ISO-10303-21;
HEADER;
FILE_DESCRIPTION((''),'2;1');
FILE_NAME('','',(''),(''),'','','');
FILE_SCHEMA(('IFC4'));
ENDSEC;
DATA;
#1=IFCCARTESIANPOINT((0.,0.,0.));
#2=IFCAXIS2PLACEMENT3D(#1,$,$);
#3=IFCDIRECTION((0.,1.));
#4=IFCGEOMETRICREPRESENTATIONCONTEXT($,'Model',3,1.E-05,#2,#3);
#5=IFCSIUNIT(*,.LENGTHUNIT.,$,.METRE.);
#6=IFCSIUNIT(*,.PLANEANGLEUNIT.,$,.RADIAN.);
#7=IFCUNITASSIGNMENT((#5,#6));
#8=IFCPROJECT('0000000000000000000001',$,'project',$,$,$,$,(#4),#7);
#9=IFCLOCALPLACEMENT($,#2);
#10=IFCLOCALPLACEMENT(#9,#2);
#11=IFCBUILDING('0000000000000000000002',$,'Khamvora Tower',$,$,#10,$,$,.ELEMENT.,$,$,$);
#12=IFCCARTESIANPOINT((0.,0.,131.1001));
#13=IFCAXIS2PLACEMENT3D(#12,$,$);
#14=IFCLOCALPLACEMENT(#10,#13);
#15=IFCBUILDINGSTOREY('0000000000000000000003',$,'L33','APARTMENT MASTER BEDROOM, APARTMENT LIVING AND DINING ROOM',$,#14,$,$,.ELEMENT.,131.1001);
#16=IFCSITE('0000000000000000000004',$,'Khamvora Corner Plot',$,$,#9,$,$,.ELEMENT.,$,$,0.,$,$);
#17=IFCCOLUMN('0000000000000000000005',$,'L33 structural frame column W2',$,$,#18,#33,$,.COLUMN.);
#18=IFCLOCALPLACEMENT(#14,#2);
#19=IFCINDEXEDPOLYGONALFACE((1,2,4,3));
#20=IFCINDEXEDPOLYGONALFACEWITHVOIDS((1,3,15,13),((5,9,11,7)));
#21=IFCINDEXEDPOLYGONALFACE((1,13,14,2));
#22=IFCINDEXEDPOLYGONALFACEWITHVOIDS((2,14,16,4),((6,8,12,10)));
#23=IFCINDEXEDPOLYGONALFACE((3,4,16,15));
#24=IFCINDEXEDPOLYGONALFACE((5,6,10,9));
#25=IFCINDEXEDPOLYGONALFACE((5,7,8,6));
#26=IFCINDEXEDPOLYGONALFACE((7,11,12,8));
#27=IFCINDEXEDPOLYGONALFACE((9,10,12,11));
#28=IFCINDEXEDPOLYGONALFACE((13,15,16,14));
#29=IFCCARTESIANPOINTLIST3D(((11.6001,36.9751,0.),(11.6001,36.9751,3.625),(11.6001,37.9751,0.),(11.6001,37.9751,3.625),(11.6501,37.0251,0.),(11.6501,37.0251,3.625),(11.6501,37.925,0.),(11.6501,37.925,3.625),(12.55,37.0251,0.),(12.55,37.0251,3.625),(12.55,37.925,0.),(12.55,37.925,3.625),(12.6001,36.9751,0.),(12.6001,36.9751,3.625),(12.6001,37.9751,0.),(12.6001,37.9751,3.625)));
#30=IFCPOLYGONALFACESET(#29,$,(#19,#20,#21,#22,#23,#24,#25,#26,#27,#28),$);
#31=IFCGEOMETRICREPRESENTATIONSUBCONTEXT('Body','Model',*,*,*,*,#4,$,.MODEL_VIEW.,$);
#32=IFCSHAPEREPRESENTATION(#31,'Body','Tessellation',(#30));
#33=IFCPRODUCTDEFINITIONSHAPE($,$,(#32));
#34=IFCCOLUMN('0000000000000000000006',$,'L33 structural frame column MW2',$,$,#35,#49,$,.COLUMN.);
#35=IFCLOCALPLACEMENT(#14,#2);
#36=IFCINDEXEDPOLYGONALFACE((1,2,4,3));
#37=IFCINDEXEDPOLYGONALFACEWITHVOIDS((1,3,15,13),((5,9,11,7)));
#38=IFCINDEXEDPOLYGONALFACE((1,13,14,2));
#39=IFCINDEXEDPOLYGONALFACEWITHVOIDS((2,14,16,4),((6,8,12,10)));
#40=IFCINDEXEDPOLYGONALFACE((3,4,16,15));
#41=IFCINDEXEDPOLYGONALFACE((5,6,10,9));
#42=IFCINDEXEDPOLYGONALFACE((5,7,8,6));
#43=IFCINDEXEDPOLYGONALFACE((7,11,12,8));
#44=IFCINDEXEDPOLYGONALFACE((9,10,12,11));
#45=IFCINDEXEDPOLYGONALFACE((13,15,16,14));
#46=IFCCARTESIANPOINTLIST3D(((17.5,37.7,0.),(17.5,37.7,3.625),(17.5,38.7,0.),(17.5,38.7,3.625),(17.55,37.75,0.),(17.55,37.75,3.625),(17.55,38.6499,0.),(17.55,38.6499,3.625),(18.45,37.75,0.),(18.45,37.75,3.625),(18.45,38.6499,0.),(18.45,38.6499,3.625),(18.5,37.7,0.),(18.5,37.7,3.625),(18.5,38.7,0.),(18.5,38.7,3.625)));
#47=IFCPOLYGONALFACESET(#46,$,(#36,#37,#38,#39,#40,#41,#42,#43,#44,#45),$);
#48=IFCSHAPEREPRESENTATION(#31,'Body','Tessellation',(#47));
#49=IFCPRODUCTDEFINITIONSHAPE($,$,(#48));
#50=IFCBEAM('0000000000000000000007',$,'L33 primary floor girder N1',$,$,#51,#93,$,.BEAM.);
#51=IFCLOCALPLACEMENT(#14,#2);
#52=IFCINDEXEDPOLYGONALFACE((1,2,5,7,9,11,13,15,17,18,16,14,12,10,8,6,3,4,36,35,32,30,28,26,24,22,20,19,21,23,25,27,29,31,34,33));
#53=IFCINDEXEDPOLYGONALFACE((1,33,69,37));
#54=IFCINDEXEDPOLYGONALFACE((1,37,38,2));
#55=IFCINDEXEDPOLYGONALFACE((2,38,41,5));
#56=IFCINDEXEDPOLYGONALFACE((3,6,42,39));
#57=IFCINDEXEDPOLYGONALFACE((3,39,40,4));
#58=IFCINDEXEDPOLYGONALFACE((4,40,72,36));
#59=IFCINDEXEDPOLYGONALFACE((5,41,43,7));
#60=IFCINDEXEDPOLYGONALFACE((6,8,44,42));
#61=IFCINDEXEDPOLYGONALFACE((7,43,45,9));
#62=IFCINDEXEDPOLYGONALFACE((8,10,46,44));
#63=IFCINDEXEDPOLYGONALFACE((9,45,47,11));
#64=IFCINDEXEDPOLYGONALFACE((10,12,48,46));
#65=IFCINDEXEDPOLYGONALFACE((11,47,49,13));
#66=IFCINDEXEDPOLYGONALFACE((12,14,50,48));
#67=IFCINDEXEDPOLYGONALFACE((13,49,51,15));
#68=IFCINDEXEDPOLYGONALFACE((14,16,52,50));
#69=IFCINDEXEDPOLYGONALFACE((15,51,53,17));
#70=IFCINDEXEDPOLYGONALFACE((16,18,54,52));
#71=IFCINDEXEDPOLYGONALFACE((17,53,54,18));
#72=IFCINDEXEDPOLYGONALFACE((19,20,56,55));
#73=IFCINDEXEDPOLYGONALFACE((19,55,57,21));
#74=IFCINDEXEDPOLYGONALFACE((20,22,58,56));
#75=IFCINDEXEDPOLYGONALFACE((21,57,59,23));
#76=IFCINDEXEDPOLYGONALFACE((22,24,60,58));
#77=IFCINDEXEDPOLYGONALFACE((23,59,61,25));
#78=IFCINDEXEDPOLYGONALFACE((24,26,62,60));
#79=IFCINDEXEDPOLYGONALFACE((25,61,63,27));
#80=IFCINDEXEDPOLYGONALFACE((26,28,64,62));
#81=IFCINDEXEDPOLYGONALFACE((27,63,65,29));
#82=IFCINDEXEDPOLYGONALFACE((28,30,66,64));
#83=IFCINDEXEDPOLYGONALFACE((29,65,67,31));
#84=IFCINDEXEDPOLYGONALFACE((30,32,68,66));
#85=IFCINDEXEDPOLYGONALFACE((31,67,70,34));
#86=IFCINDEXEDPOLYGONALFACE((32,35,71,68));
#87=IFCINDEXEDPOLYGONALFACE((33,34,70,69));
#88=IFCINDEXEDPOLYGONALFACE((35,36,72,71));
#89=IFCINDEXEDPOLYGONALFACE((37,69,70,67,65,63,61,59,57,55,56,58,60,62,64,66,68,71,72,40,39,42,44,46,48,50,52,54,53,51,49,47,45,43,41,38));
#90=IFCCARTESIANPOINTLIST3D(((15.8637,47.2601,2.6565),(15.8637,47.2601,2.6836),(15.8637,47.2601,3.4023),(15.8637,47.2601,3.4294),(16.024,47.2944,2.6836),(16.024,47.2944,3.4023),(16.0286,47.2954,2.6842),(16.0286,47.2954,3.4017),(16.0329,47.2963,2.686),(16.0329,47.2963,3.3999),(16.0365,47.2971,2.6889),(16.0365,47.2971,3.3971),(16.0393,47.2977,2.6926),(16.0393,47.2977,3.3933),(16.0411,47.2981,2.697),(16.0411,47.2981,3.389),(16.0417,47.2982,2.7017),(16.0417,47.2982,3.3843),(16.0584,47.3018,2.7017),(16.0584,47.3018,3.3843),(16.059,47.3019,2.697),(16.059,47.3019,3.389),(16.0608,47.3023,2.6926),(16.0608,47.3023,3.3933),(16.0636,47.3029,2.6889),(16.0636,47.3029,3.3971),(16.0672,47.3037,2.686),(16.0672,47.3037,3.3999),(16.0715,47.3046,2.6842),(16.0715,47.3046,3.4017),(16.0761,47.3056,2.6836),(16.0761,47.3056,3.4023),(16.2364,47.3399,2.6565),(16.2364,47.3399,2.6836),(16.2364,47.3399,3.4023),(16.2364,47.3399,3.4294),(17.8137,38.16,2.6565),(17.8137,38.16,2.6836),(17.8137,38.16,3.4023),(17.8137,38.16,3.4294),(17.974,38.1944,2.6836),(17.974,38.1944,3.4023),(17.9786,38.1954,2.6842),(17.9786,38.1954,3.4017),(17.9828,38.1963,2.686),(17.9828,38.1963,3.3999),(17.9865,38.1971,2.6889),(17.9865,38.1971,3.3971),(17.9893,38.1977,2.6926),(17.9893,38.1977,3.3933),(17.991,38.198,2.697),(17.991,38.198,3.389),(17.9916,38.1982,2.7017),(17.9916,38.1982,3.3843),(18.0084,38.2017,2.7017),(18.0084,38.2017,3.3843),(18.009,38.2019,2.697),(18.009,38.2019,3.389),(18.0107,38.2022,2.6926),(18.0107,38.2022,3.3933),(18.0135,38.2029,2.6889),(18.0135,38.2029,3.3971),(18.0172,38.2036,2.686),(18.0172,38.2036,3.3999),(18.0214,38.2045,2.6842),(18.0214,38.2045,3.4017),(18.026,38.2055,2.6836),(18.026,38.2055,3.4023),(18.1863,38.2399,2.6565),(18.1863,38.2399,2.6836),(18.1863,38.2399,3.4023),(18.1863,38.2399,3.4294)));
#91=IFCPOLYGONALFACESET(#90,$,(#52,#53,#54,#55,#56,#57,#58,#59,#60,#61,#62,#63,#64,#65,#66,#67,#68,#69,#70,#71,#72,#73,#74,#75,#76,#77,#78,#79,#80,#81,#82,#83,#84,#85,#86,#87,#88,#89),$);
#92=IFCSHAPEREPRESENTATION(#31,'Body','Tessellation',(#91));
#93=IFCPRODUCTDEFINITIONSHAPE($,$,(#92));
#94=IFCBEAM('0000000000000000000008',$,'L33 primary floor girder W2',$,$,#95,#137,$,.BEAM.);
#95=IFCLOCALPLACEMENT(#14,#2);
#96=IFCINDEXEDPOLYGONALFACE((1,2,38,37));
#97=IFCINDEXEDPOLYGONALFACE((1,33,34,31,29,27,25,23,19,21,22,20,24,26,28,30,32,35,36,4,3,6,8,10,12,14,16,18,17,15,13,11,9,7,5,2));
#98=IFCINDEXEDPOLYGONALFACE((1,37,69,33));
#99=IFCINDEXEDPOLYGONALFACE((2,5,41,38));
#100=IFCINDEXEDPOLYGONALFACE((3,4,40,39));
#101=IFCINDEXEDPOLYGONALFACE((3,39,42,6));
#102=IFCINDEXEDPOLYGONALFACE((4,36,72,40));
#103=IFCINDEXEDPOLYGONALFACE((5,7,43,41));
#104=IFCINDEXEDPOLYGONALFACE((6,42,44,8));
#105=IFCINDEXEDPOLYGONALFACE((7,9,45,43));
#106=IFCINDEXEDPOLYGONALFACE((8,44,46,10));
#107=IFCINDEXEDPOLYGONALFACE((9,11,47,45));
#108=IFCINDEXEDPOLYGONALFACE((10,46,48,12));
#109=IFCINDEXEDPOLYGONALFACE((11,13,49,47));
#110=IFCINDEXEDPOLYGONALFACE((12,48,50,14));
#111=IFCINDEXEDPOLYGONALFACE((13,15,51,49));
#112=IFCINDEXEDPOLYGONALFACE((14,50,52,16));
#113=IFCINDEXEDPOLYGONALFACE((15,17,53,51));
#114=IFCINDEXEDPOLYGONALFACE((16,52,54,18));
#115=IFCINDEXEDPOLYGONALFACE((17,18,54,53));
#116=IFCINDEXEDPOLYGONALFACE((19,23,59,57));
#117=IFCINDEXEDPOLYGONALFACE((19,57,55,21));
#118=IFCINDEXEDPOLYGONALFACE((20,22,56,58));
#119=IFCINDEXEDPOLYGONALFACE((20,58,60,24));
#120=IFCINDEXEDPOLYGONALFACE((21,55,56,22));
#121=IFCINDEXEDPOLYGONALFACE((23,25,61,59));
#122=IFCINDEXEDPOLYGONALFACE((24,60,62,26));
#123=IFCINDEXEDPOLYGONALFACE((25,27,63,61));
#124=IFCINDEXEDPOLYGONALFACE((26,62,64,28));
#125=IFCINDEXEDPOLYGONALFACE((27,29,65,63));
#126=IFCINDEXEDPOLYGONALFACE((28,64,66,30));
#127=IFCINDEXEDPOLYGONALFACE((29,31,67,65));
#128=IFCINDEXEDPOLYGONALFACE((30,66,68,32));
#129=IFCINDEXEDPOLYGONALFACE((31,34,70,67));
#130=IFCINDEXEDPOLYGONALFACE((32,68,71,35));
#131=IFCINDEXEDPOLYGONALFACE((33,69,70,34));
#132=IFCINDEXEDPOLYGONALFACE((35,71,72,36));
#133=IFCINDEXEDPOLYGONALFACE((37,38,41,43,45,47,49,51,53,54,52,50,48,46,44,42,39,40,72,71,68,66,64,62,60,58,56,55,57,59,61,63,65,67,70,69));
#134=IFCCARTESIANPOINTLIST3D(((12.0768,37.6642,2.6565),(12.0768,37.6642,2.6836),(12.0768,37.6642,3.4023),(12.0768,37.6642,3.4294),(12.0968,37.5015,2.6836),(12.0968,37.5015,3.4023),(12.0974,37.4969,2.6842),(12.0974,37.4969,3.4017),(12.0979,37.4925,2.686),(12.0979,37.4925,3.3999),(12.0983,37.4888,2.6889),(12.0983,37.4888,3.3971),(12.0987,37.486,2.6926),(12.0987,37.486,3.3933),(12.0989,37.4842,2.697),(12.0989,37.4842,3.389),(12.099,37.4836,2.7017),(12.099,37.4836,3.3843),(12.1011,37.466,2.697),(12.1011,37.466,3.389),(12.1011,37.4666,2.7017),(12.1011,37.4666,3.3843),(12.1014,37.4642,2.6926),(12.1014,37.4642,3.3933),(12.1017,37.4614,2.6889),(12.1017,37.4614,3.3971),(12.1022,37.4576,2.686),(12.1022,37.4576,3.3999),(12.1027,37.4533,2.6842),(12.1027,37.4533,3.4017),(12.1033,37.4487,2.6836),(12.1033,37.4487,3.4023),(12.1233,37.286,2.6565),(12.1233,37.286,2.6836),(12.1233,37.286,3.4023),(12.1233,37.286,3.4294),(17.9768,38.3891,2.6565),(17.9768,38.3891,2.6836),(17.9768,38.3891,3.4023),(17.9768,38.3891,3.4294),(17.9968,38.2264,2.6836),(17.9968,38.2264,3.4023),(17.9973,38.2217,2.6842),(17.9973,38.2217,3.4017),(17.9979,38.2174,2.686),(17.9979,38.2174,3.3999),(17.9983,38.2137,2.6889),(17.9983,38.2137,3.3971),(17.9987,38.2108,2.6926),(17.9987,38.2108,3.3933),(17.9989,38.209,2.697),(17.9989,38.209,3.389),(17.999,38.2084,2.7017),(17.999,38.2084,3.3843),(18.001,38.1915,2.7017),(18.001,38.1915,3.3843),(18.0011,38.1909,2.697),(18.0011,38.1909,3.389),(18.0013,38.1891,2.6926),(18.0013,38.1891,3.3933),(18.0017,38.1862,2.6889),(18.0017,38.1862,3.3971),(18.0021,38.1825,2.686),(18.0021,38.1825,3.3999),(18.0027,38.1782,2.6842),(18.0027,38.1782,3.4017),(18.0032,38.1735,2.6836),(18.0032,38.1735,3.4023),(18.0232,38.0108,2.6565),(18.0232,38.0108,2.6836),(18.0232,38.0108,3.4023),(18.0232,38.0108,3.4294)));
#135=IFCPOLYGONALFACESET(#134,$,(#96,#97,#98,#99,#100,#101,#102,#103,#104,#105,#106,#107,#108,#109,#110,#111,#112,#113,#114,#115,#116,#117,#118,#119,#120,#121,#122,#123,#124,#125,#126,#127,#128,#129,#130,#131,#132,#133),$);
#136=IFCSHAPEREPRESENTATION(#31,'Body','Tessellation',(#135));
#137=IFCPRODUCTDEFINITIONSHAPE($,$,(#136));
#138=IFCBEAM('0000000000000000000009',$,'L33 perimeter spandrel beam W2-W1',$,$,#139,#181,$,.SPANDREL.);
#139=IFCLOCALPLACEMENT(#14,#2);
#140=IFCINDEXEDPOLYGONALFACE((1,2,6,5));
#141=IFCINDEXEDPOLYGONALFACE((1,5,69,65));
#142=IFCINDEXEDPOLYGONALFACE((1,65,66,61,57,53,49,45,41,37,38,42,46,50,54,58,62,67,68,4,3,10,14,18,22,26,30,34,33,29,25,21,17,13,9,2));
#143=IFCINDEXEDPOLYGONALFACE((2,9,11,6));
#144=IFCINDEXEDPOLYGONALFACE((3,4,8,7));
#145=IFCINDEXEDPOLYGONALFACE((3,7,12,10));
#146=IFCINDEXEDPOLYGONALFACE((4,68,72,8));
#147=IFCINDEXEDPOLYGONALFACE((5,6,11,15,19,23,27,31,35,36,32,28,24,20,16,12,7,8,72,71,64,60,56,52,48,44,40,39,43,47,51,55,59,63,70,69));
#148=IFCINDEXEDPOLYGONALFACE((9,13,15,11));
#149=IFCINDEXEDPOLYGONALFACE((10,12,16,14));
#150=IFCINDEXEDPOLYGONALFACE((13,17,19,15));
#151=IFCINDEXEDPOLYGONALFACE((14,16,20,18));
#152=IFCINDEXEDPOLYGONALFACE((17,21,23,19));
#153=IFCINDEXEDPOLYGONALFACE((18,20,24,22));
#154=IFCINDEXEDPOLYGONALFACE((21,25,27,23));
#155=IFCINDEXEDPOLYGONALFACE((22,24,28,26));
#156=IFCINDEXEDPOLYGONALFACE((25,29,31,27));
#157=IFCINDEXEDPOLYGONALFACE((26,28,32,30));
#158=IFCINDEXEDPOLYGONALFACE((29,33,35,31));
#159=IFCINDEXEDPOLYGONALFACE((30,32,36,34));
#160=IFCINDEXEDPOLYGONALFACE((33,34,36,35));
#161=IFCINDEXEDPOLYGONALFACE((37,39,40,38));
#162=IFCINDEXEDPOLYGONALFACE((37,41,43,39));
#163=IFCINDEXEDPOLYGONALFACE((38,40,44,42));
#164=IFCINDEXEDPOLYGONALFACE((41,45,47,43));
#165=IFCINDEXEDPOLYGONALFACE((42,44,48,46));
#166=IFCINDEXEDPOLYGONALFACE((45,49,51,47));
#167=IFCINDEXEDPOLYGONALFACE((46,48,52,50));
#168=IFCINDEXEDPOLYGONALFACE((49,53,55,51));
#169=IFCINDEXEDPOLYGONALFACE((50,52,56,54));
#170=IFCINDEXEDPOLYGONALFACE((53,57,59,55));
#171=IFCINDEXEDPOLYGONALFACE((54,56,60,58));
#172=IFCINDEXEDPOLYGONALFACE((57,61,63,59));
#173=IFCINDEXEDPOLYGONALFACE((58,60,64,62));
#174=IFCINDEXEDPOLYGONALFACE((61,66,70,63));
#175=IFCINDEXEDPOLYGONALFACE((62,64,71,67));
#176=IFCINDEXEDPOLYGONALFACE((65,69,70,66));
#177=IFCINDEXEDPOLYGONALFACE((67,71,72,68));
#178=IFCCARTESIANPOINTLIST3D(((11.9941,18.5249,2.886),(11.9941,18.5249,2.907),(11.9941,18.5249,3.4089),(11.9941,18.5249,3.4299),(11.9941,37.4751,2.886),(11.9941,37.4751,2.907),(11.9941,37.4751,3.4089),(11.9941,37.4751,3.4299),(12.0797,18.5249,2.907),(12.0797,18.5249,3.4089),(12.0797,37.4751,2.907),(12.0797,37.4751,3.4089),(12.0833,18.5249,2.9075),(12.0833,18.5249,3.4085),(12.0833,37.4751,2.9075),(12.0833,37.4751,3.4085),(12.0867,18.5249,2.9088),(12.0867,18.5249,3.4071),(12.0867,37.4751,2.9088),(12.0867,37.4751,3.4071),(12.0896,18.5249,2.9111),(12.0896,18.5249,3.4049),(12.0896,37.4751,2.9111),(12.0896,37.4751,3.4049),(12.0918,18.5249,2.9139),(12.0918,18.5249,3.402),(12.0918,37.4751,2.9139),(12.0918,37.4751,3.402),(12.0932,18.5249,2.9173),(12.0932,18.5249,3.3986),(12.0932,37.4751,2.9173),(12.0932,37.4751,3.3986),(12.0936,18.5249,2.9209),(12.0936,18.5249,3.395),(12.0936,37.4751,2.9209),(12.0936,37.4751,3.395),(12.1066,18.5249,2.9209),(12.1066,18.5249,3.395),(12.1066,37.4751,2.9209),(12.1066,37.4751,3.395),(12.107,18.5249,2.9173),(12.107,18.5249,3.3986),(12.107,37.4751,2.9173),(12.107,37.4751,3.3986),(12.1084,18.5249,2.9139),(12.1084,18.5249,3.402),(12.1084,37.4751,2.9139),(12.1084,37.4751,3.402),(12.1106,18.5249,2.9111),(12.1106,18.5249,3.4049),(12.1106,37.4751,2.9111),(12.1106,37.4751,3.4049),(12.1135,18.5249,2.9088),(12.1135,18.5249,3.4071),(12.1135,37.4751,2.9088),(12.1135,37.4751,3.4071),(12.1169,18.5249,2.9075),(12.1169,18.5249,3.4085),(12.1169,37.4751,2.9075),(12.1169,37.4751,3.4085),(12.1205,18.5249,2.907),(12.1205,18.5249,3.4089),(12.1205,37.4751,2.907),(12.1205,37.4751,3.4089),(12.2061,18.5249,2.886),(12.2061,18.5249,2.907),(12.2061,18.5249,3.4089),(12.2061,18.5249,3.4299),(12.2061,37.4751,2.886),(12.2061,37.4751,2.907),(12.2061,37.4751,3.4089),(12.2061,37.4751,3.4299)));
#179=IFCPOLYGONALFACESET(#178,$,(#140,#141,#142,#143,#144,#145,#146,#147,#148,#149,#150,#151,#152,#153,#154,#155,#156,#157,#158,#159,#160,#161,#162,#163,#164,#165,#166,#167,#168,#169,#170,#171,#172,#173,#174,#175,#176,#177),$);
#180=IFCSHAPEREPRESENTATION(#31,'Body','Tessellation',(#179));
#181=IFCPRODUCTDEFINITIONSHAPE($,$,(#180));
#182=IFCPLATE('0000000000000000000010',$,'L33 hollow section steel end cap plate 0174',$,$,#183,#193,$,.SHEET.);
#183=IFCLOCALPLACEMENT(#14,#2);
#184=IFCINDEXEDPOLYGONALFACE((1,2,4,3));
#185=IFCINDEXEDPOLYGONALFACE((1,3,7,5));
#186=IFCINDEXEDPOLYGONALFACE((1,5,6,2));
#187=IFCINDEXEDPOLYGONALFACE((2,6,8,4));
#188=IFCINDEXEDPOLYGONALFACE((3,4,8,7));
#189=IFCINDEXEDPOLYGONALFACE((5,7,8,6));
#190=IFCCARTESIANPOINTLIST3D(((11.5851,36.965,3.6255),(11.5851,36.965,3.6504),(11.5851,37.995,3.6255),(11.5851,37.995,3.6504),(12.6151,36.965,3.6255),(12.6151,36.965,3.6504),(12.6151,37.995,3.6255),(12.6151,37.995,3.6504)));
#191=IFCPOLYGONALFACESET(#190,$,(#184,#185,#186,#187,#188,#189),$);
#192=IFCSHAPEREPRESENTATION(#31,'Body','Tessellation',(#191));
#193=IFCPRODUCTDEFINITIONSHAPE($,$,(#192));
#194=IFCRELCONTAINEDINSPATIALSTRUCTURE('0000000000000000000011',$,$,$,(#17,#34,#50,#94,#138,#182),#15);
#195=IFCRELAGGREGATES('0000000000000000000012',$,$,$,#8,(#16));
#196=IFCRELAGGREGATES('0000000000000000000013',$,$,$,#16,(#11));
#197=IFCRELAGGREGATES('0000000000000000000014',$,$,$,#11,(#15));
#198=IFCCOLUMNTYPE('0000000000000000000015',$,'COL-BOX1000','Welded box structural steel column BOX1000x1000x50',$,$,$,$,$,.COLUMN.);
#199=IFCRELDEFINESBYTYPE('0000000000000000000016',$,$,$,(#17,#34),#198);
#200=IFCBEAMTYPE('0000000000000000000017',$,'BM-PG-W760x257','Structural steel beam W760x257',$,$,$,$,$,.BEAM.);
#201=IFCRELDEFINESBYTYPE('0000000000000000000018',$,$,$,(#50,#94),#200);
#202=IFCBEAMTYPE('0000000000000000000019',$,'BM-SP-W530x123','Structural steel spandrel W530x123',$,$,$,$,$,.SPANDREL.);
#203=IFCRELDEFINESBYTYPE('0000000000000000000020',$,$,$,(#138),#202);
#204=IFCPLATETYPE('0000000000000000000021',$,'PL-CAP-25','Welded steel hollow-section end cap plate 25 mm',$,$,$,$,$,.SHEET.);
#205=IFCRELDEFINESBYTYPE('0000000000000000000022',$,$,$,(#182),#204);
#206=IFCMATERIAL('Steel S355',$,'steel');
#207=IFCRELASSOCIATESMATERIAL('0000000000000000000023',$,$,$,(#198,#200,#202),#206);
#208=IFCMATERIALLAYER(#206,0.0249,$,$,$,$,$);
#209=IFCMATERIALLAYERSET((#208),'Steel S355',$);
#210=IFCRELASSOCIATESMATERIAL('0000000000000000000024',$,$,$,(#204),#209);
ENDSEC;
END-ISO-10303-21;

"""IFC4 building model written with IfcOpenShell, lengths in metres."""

from ifc_helpers import new_model, si_unit, direction, frame, origin, origin_2d, place, context, subcontext, project, spatial, rectangle, hollow_rectangle, i_section, extrude, material, layer, layer_set, material_profile, profile_set, type_object, element, save


model = new_model("IFC4")

# Units and contexts
model_context = context("Model", 3, precision=1e-05, world=origin(), true_north=direction((0.0, 1.0)))
body_context = subcontext(model_context, "Body", "Model", "MODEL_VIEW")
ifc_project = project(units=[si_unit("LENGTHUNIT", "METRE"), si_unit("PLANEANGLEUNIT", "RADIAN")], contexts=[model_context])

# Site, building, storey
site_placement = place(None, origin())
site = spatial("IfcSite", under=ifc_project, at=site_placement, Name="Khamvora Corner Plot", CompositionType="ELEMENT", RefElevation=0.0)
building_placement = place(site_placement, origin())
building = spatial("IfcBuilding", under=site, at=building_placement, Name="Khamvora Tower", CompositionType="ELEMENT")
storey_placement = place(building_placement, frame((0.0, 0.0, 131.1001)))
storey = spatial("IfcBuildingStorey", under=building, at=storey_placement, Name="L33", Description="APARTMENT MASTER BEDROOM, APARTMENT LIVING AND DINING ROOM", CompositionType="ELEMENT", Elevation=131.1001)

# Columns
ifc_material_1 = material(Name="Steel S355", Category="steel")
ifc_material_profile_1 = material_profile(ifc_material_1, hollow_rectangle(XDim=1.0, YDim=1.0, WallThickness=0.05, at=origin_2d()), Name="BOX1000x1000x50")
ifc_profile_set_1 = profile_set([ifc_material_profile_1], Name="Steel S355")
column_type = type_object("IfcColumnType", Name="COL-BOX1000", Description="Welded box structural steel column BOX1000x1000x50", PredefinedType="COLUMN", material=ifc_profile_set_1)
for number, where, z_axis, x_axis, name in (
    (1, (12.1001, 37.4751, 0.0), (0.0, 0.0, 1.0), (1.0, 0.0, 0.0), "L33 structural frame column W2"),
    (2, (18.0, 38.2, 0.0), (0.0, 0.0, 1.0), (1.0, 0.0, 0.0), "L33 structural frame column MW2"),
):
    element("IfcColumn", number, at=place(storey_placement, frame(where, z_axis=z_axis, x_axis=x_axis)), inside=storey, type_object=column_type, Name=name, PredefinedType="COLUMN", context=body_context, shape_type="SweptSolid", body=[
        extrude(hollow_rectangle(XDim=1.0, YDim=1.0, WallThickness=0.05, at=origin_2d()), origin(), (0.0, 0.0, 1.0), 3.625),
    ])

# Beams
ifc_material_profile_2 = material_profile(ifc_material_1, i_section(OverallWidth=0.3811, OverallDepth=0.7729, WebThickness=0.0171, FlangeThickness=0.0271, FilletRadius=0.0181, at=origin_2d()), Name="W760x257")
ifc_profile_set_2 = profile_set([ifc_material_profile_2], Name="Steel S355")
beam_type_1 = type_object("IfcBeamType", Name="BM-PG-W760x257", Description="Structural steel beam W760x257", PredefinedType="BEAM", material=ifc_profile_set_2)
beam_1_placement = place(storey_placement, frame((18.0, 38.2, 3.043), z_axis=(-0.209522, 0.977804, 0.0), x_axis=(-0.977804, -0.209522, 0.0)))
element("IfcBeam", 3, at=beam_1_placement, inside=storey, type_object=beam_type_1, Name="L33 primary floor girder N1", PredefinedType="BEAM", context=body_context, shape_type="SweptSolid", body=[
    extrude(i_section(OverallWidth=0.3811, OverallDepth=0.7729, WebThickness=0.0171, FlangeThickness=0.0271, FilletRadius=0.0181, at=origin_2d()), origin(), (0.0, 0.0, 1.0), 9.3066),
])
beam_2_placement = place(storey_placement, frame((18.0, 38.2, 3.043), z_axis=(-0.992537, -0.121942, 0.0), x_axis=(0.121942, -0.992537, 0.0)))
element("IfcBeam", 4, at=beam_2_placement, inside=storey, type_object=beam_type_1, Name="L33 primary floor girder W2", PredefinedType="BEAM", context=body_context, shape_type="SweptSolid", body=[
    extrude(i_section(OverallWidth=0.3811, OverallDepth=0.7729, WebThickness=0.0171, FlangeThickness=0.0271, FilletRadius=0.0181, at=origin_2d()), origin(), (0.0, 0.0, 1.0), 5.9443),
])
ifc_material_profile_3 = material_profile(ifc_material_1, i_section(OverallWidth=0.2119, OverallDepth=0.5439, WebThickness=0.0129, FlangeThickness=0.021, FilletRadius=0.0139, at=origin_2d()), Name="W530x123")
ifc_profile_set_3 = profile_set([ifc_material_profile_3], Name="Steel S355")
beam_type_2 = type_object("IfcBeamType", Name="BM-SP-W530x123", Description="Structural steel spandrel W530x123", PredefinedType="SPANDREL", material=ifc_profile_set_3)
beam_3_placement = place(storey_placement, frame((12.1001, 37.4751, 3.158), z_axis=(0.0, -1.0, 0.0), x_axis=(1.0, 0.0, 0.0)))
element("IfcBeam", 5, at=beam_3_placement, inside=storey, type_object=beam_type_2, Name="L33 perimeter spandrel beam W2-W1", PredefinedType="SPANDREL", context=body_context, shape_type="SweptSolid", body=[
    extrude(i_section(OverallWidth=0.2119, OverallDepth=0.5439, WebThickness=0.0129, FlangeThickness=0.021, FilletRadius=0.0139, at=origin_2d()), origin(), (0.0, 0.0, 1.0), 18.9502),
])

# Plate
ifc_layer_1 = layer(ifc_material_1, 0.0249)
ifc_layer_set_1 = layer_set([ifc_layer_1], Name="Steel S355")
plate_type = type_object("IfcPlateType", Name="PL-CAP-25", Description="Welded steel hollow-section end cap plate 25 mm", PredefinedType="SHEET", material=ifc_layer_set_1)
plate_placement = place(storey_placement, frame((12.1001, 37.48, 3.6255), z_axis=(0.0, 0.0, 1.0), x_axis=(1.0, 0.0, 0.0)))
element("IfcPlate", 6, at=plate_placement, inside=storey, type_object=plate_type, Name="L33 hollow section steel end cap plate 0174", PredefinedType="SHEET", context=body_context, shape_type="SweptSolid", body=[
    extrude(rectangle(XDim=1.03, YDim=1.03, at=origin_2d()), origin(), (0.0, 0.0, 1.0), 0.0249),
])

save(model, "model.ifc")
